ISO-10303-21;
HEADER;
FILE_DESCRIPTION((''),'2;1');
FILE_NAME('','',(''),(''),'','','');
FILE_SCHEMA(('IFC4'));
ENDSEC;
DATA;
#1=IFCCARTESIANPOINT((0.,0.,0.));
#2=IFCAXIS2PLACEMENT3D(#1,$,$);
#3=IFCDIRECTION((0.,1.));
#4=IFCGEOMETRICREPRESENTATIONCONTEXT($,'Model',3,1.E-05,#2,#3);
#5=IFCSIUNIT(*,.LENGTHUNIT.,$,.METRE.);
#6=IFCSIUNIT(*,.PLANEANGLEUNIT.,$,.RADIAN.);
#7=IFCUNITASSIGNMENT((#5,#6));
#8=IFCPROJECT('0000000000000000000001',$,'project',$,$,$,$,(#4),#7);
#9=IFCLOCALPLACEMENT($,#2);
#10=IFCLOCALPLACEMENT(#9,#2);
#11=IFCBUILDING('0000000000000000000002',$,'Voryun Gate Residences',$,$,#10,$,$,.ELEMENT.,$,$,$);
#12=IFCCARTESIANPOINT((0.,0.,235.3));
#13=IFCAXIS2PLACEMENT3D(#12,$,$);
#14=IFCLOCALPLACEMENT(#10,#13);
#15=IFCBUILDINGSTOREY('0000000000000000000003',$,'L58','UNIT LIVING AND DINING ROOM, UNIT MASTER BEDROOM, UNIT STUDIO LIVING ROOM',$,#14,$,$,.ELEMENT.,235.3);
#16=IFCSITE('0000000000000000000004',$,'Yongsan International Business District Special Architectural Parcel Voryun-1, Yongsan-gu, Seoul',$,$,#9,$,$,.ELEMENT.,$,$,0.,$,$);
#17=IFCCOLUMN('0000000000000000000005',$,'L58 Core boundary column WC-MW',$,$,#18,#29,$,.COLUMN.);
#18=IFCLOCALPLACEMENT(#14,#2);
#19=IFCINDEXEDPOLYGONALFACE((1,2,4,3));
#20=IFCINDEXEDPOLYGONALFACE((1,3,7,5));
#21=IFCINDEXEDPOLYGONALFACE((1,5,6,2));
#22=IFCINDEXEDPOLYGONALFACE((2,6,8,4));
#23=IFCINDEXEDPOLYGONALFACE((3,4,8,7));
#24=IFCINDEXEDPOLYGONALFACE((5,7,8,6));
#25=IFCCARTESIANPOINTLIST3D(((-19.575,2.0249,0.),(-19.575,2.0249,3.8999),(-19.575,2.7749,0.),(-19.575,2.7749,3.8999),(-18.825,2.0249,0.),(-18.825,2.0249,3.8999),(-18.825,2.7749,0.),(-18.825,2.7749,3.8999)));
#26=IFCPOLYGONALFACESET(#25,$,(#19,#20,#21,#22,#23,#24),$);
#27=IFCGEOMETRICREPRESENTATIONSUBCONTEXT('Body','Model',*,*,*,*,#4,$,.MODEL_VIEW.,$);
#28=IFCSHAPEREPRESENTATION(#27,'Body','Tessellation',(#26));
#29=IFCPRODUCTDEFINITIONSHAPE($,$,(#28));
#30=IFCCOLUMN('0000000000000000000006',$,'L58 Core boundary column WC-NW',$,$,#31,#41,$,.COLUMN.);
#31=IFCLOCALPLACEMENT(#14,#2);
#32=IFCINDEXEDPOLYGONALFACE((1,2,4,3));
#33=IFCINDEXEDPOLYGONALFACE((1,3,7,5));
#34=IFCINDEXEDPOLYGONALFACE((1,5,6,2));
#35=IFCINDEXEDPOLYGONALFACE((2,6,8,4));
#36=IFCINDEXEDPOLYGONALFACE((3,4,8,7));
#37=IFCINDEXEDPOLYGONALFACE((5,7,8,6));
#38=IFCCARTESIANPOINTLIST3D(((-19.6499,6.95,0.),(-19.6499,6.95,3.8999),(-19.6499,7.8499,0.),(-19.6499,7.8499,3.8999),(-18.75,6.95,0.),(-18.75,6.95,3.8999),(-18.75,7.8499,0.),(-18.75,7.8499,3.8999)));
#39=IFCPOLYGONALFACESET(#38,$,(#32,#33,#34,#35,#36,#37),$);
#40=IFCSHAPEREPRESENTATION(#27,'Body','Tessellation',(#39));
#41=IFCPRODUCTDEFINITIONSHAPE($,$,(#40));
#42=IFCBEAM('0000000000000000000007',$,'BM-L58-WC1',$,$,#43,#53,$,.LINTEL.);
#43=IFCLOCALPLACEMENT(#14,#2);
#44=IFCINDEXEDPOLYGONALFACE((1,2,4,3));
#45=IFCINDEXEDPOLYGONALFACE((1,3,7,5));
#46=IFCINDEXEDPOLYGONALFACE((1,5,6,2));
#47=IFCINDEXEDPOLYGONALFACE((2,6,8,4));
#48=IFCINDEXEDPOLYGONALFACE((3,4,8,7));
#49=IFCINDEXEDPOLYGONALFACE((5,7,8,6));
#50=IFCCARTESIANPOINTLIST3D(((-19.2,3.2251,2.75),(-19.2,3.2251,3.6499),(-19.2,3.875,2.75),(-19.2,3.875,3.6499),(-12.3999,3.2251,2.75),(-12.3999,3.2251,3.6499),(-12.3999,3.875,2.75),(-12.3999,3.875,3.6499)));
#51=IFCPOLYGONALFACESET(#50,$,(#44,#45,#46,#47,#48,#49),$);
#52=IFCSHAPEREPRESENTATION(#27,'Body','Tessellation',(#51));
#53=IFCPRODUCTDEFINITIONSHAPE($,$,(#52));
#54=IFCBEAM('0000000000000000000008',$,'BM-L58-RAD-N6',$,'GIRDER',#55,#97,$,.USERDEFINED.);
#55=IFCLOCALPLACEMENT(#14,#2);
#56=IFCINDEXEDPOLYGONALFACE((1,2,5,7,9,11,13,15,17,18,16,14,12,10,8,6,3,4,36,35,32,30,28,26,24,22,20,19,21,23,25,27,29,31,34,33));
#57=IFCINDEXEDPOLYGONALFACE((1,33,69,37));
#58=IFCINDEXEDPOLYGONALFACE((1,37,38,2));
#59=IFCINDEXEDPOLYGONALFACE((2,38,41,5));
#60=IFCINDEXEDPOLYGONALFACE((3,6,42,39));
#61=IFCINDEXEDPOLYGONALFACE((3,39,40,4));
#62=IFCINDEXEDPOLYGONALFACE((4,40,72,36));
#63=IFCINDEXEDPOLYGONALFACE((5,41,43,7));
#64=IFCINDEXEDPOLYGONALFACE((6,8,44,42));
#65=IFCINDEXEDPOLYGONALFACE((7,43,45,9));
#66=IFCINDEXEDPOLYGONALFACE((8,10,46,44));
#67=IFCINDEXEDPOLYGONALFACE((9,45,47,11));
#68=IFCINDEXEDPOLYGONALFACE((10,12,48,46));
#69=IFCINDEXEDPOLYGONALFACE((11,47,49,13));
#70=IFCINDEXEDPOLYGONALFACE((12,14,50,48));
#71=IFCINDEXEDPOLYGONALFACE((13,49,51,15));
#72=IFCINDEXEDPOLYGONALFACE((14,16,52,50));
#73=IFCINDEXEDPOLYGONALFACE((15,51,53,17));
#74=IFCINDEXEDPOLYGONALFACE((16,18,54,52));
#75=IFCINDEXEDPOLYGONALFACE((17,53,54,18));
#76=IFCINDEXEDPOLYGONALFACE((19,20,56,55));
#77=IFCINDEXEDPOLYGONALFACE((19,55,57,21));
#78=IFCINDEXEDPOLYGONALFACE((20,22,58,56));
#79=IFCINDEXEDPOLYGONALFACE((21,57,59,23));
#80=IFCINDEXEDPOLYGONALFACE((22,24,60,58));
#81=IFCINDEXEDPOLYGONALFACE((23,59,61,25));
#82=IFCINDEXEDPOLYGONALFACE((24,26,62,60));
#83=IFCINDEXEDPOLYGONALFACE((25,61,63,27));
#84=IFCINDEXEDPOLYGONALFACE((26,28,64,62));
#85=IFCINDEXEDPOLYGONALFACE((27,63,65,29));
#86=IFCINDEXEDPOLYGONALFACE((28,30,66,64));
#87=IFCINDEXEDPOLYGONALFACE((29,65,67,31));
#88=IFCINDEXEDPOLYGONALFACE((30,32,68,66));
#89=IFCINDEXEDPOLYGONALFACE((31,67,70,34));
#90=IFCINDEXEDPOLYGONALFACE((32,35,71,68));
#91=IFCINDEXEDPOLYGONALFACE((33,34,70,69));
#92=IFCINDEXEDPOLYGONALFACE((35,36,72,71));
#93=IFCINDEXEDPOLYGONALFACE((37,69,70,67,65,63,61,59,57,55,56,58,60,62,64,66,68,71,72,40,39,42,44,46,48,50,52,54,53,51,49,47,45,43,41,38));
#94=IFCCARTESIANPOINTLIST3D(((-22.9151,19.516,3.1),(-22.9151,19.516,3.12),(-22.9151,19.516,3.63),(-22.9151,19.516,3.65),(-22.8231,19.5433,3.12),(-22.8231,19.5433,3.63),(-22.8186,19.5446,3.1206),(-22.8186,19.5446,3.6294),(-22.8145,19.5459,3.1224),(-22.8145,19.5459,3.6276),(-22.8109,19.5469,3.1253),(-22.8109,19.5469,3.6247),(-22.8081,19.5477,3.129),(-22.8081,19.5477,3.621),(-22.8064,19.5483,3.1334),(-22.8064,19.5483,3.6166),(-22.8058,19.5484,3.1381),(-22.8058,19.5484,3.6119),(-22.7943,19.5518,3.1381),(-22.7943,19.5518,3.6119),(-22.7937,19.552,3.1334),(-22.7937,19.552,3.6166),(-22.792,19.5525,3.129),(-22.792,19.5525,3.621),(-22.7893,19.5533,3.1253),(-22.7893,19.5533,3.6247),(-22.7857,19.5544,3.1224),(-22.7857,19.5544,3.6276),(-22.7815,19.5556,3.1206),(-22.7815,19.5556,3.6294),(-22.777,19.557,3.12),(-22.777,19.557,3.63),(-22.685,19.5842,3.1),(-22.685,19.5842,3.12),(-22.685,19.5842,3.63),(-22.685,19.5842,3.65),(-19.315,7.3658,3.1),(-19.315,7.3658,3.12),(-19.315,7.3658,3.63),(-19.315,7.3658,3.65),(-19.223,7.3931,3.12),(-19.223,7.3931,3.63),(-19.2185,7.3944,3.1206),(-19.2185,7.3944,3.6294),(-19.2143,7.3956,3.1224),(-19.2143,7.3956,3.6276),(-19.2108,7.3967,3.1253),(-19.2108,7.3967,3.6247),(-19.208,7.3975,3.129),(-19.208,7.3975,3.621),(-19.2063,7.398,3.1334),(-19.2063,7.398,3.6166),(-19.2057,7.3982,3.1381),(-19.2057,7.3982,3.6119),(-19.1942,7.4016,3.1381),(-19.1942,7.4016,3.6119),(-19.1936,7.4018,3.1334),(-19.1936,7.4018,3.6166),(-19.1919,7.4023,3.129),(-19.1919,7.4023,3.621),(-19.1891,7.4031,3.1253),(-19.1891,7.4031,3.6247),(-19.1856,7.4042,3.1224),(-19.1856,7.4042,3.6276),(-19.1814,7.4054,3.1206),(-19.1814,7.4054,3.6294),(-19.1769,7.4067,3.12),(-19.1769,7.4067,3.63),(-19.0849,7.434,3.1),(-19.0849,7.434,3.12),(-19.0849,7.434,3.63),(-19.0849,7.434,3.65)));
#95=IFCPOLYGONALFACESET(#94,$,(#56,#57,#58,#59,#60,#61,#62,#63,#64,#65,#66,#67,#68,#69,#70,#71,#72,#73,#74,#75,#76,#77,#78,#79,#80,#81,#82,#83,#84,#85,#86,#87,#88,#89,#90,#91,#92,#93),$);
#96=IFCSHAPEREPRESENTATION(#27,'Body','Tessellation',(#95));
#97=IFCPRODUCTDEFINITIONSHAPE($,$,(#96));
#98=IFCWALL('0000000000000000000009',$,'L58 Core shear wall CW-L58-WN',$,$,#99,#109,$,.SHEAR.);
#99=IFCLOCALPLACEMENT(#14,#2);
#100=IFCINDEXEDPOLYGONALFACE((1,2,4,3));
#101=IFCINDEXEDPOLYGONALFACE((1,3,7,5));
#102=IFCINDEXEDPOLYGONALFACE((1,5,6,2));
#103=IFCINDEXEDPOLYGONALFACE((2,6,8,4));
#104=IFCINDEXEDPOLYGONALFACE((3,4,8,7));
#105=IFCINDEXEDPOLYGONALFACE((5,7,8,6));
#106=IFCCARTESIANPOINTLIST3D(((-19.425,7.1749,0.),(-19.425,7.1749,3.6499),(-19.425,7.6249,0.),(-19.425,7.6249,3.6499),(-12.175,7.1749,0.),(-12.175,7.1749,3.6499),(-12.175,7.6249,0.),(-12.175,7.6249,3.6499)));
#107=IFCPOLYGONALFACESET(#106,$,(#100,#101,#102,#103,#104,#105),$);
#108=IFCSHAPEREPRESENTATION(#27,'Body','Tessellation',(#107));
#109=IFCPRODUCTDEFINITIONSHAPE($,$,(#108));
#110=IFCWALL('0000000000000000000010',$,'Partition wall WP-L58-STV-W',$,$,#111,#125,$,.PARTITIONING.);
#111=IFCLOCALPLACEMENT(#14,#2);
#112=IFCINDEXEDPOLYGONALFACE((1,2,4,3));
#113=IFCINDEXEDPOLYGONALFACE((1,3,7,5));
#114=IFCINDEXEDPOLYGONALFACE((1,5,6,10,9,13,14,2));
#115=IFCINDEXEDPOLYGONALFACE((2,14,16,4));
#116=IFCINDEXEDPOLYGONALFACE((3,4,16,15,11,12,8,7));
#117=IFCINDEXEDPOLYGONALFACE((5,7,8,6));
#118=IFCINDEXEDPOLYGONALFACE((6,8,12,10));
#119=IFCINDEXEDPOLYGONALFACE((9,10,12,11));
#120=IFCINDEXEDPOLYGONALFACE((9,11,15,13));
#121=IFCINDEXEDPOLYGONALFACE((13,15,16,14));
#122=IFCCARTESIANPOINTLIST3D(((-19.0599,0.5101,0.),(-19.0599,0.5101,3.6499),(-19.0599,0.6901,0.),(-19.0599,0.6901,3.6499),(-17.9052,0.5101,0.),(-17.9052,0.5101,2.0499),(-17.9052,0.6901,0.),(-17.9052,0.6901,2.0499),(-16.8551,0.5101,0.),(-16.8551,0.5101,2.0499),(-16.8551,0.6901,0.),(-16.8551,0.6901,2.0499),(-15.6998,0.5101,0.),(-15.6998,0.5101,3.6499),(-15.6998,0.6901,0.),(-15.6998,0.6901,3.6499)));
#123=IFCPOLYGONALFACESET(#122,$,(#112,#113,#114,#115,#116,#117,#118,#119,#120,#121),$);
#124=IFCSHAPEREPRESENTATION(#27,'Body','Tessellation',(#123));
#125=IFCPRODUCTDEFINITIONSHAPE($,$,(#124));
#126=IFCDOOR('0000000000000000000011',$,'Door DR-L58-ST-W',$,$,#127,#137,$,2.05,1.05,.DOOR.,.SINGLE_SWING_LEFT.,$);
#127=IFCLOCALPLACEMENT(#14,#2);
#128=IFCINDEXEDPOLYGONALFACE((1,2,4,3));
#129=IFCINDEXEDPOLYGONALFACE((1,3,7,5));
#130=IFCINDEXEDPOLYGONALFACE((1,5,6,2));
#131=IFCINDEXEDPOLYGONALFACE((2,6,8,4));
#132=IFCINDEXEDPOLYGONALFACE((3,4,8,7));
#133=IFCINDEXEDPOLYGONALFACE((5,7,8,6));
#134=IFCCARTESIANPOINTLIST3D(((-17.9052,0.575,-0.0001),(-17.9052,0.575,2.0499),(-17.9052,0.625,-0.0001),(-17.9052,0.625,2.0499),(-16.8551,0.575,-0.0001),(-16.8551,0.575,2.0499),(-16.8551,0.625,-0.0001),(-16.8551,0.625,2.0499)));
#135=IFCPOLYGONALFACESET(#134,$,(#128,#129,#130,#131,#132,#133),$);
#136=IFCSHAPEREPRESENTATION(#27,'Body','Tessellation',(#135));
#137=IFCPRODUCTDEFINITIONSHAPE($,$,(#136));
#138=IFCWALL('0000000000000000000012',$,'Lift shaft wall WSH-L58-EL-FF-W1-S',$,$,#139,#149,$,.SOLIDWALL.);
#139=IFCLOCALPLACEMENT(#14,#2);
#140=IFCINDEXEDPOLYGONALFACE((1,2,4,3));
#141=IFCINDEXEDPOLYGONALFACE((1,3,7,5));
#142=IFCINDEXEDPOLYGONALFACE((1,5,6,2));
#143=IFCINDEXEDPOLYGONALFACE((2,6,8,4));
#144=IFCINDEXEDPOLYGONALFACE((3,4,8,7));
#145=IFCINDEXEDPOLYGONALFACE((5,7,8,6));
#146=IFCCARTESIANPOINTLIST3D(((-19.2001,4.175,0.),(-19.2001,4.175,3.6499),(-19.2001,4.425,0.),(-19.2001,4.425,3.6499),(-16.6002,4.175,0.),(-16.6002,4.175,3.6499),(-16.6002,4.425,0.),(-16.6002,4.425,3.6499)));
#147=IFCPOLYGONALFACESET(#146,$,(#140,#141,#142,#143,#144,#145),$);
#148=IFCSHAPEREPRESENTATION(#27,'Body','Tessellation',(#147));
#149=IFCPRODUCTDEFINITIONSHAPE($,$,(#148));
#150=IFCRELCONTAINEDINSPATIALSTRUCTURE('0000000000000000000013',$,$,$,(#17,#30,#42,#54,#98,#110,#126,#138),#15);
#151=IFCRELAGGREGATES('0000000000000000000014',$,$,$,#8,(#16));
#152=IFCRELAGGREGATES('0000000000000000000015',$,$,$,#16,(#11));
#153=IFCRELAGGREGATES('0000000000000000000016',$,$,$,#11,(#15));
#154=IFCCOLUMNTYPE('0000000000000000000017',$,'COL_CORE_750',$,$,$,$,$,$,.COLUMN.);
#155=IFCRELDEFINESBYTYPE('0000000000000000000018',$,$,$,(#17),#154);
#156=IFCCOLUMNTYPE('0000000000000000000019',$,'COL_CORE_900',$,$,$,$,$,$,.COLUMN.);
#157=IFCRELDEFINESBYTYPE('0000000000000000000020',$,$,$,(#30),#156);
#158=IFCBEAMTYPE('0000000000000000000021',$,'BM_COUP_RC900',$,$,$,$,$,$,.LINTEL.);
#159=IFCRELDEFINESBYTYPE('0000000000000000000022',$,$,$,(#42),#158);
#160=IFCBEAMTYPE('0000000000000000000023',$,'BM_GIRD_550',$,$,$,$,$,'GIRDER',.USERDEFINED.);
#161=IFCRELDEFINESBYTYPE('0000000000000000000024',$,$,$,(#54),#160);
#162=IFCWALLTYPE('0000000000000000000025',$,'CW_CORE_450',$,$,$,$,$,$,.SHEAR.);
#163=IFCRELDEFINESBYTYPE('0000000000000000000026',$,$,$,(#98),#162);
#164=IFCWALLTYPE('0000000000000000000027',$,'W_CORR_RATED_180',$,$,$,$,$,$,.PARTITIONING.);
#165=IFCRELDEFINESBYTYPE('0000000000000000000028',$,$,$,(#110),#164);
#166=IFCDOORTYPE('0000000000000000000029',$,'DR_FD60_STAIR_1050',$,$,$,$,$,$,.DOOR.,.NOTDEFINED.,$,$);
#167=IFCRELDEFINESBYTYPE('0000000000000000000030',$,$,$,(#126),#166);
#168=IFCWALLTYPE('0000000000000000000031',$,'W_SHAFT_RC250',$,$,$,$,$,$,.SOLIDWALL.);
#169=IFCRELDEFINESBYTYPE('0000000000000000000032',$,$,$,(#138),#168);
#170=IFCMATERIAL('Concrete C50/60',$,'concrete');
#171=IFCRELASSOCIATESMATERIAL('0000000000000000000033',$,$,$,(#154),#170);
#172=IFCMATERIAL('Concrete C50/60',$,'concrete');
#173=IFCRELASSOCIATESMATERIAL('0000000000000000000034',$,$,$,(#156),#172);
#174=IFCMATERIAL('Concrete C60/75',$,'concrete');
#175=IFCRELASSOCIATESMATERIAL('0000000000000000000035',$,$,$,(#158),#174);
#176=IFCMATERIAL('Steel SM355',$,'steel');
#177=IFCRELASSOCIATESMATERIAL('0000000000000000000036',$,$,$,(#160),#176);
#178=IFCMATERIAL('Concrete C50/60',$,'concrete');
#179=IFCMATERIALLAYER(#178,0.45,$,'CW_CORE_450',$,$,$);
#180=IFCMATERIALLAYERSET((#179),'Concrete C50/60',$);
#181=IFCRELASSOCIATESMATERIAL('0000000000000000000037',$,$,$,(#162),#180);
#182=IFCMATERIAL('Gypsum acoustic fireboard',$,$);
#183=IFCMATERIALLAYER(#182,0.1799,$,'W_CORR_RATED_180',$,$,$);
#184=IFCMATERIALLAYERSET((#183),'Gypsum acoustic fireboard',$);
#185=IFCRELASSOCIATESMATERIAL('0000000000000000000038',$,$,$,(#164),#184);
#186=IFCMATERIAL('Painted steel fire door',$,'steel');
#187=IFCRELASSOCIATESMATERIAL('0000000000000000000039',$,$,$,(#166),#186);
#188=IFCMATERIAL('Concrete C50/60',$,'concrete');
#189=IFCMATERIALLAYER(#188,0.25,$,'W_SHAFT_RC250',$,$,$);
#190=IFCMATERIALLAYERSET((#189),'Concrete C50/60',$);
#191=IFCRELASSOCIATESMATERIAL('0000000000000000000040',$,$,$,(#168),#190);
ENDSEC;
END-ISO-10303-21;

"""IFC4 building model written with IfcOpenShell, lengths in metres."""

from ifc_helpers import new_model, si_unit, direction, frame, frame_2d, origin, origin_2d, place, context, subcontext, project, spatial, rectangle, i_section, extrude, material, layer, layer_set, material_profile, profile_set, type_object, element, fill, save


model = new_model("IFC4")

# Units and contexts
model_context = context("Model", 3, precision=1e-05, world=origin(), true_north=direction((0.0, 1.0)))
body_context = subcontext(model_context, "Body", "Model", "MODEL_VIEW")
ifc_project = project(units=[si_unit("LENGTHUNIT", "METRE"), si_unit("PLANEANGLEUNIT", "RADIAN")], contexts=[model_context])

# Site, building, storey
site_placement = place(None, origin())
site = spatial("IfcSite", under=ifc_project, at=site_placement, Name="Yongsan International Business District Special Architectural Parcel Voryun-1, Yongsan-gu, Seoul", CompositionType="ELEMENT", RefElevation=0.0)
building_placement = place(site_placement, origin())
building = spatial("IfcBuilding", under=site, at=building_placement, Name="Voryun Gate Residences", CompositionType="ELEMENT")
storey_placement = place(building_placement, frame((0.0, 0.0, 235.3)))
storey = spatial("IfcBuildingStorey", under=building, at=storey_placement, Name="L58", Description="UNIT LIVING AND DINING ROOM, UNIT MASTER BEDROOM, UNIT STUDIO LIVING ROOM", CompositionType="ELEMENT", Elevation=235.3)

# Columns
ifc_material_1 = material(Name="Concrete C50/60", Category="concrete")
ifc_material_profile_1 = material_profile(ifc_material_1, rectangle(XDim=0.75, YDim=0.75, at=origin_2d()), Name="RC-750x750")
ifc_profile_set_1 = profile_set([ifc_material_profile_1], Name="Concrete C50/60")
column_type_1 = type_object("IfcColumnType", Name="COL_CORE_750", PredefinedType="COLUMN", material=ifc_profile_set_1)
column_1_placement = place(storey_placement, frame((-19.2, 2.3999, 0.0), z_axis=(0.0, 0.0, 1.0), x_axis=(1.0, 0.0, 0.0)))
element("IfcColumn", 1, at=column_1_placement, inside=storey, type_object=column_type_1, Name="L58 Core boundary column WC-MW", PredefinedType="COLUMN", context=body_context, shape_type="SweptSolid", body=[
    extrude(rectangle(XDim=0.75, YDim=0.75, at=origin_2d()), origin(), (0.0, 0.0, 1.0), 3.8999),
])
ifc_material_2 = material(Name="Concrete C50/60", Category="concrete")
ifc_material_profile_2 = material_profile(ifc_material_2, rectangle(XDim=0.8999, YDim=0.8999, at=origin_2d()), Name="RC-900x900")
ifc_profile_set_2 = profile_set([ifc_material_profile_2], Name="Concrete C50/60")
column_type_2 = type_object("IfcColumnType", Name="COL_CORE_900", PredefinedType="COLUMN", material=ifc_profile_set_2)
column_2_placement = place(storey_placement, frame((-19.2, 7.3999, 0.0), z_axis=(0.0, 0.0, 1.0), x_axis=(1.0, 0.0, 0.0)))
element("IfcColumn", 2, at=column_2_placement, inside=storey, type_object=column_type_2, Name="L58 Core boundary column WC-NW", PredefinedType="COLUMN", context=body_context, shape_type="SweptSolid", body=[
    extrude(rectangle(XDim=0.8999, YDim=0.8999, at=origin_2d()), origin(), (0.0, 0.0, 1.0), 3.8999),
])

# Beams
ifc_material_3 = material(Name="Concrete C60/75", Category="concrete")
ifc_material_profile_3 = material_profile(ifc_material_3, rectangle(XDim=0.6499, YDim=0.8999, at=origin_2d()), Name="RC-650x900")
ifc_profile_set_3 = profile_set([ifc_material_profile_3], Name="Concrete C60/75")
beam_type_1 = type_object("IfcBeamType", Name="BM_COUP_RC900", PredefinedType="LINTEL", material=ifc_profile_set_3)
beam_1_placement = place(storey_placement, frame((-19.2, 3.55, 3.2), z_axis=(1.0, 0.0, 0.0), x_axis=(0.0, 1.0, 0.0)))
element("IfcBeam", 3, at=beam_1_placement, inside=storey, type_object=beam_type_1, Name="BM-L58-WC1", PredefinedType="LINTEL", context=body_context, shape_type="SweptSolid", body=[
    extrude(rectangle(XDim=0.6499, YDim=0.8999, at=origin_2d()), origin(), (0.0, 0.0, 1.0), 6.8),
])
ifc_material_4 = material(Name="Steel SM355", Category="steel")
ifc_material_profile_4 = material_profile(ifc_material_4, i_section(OverallWidth=0.24, OverallDepth=0.55, WebThickness=0.012, FlangeThickness=0.02, FilletRadius=0.0181, at=origin_2d()), Name="H-550x240x12x20")
ifc_profile_set_4 = profile_set([ifc_material_profile_4], Name="Steel SM355")
beam_type_2 = type_object("IfcBeamType", Name="BM_GIRD_550", ElementType="GIRDER", PredefinedType="USERDEFINED", material=ifc_profile_set_4)
beam_2_placement = place(storey_placement, frame((-19.2, 7.3999, 3.375), z_axis=(-0.284092, 0.958797, 0.0), x_axis=(-0.958797, -0.284092, 0.0)))
element("IfcBeam", 4, at=beam_2_placement, inside=storey, type_object=beam_type_2, Name="BM-L58-RAD-N6", ObjectType="GIRDER", PredefinedType="USERDEFINED", context=body_context, shape_type="SweptSolid", body=[
    extrude(i_section(OverallWidth=0.24, OverallDepth=0.55, WebThickness=0.012, FlangeThickness=0.02, FilletRadius=0.0181, at=origin_2d()), origin(), (0.0, 0.0, 1.0), 12.6724),
])

# Wall
ifc_material_5 = material(Name="Concrete C50/60", Category="concrete")
ifc_layer_1 = layer(ifc_material_5, 0.45, Name="CW_CORE_450")
ifc_layer_set_1 = layer_set([ifc_layer_1], Name="Concrete C50/60")
wall_type_1 = type_object("IfcWallType", Name="CW_CORE_450", PredefinedType="SHEAR", material=ifc_layer_set_1)
wall_1_placement = place(storey_placement, frame((-19.425, 7.3999, 0.0), z_axis=(0.0, 0.0, 1.0), x_axis=(1.0, 0.0, 0.0)))
element("IfcWall", 5, at=wall_1_placement, inside=storey, type_object=wall_type_1, Name="L58 Core shear wall CW-L58-WN", PredefinedType="SHEAR", context=body_context, shape_type="SweptSolid", body=[
    extrude(rectangle(XDim=7.25, YDim=0.45, at=frame_2d((3.625, 0.0))), origin(), (0.0, 0.0, 1.0), 3.6499),
])

# Wall, opening, door
ifc_material_6 = material(Name="Gypsum acoustic fireboard")
ifc_layer_2 = layer(ifc_material_6, 0.1799, Name="W_CORR_RATED_180")
ifc_layer_set_2 = layer_set([ifc_layer_2], Name="Gypsum acoustic fireboard")
wall_type_2 = type_object("IfcWallType", Name="W_CORR_RATED_180", PredefinedType="PARTITIONING", material=ifc_layer_set_2)
wall_2_placement = place(storey_placement, frame((-19.0601, 0.6001, 0.0), z_axis=(0.0, 0.0, 1.0), x_axis=(1.0, 0.0, 0.0)))
wall_2 = element("IfcWall", 6, at=wall_2_placement, inside=storey, type_object=wall_type_2, Name="Partition wall WP-L58-STV-W", PredefinedType="PARTITIONING", context=body_context, shape_type="SweptSolid", body=[
    extrude(rectangle(XDim=3.3601, YDim=0.1799, at=frame_2d((1.6802, 0.0))), origin(), (0.0, 0.0, 1.0), 3.6499),
])
opening_1_placement = place(wall_2_placement, frame((1.155, 0.0, 0.0)))
opening_1 = element("IfcOpeningElement", 7, at=opening_1_placement, cuts=wall_2, PredefinedType="OPENING", context=body_context, shape_type="SweptSolid", body=[
    extrude(rectangle(XDim=1.05, YDim=2.05, at=frame_2d((0.5249, 1.0249))), frame((0.0, 0.0999, 0.0), z_axis=(0.0, -1.0, 0.0), x_axis=(1.0, 0.0, 0.0)), (0.0, 0.0, 1.0), 0.2),
])
ifc_material_7 = material(Name="Painted steel fire door", Category="steel")
door_type_1 = type_object("IfcDoorType", Name="DR_FD60_STAIR_1050", OperationType="NOTDEFINED", PredefinedType="DOOR", material=ifc_material_7)
door_1_placement = place(opening_1_placement, origin())
door_1 = element("IfcDoor", 8, at=door_1_placement, inside=storey, type_object=door_type_1, Name="Door DR-L58-ST-W", OperationType="SINGLE_SWING_LEFT", OverallHeight=2.05, OverallWidth=1.05, PredefinedType="DOOR", context=body_context, shape_type="SweptSolid", body=[
    extrude(rectangle(XDim=1.05, YDim=2.05, at=frame_2d((0.5249, 1.0249))), frame((0.0, 0.0249, 0.0), z_axis=(0.0, -1.0, 0.0), x_axis=(1.0, 0.0, 0.0)), (0.0, 0.0, 1.0), 0.05),
])
fill(opening_1, door_1)

# Wall
ifc_material_8 = material(Name="Concrete C50/60", Category="concrete")
ifc_layer_3 = layer(ifc_material_8, 0.25, Name="W_SHAFT_RC250")
ifc_layer_set_3 = layer_set([ifc_layer_3], Name="Concrete C50/60")
wall_type_3 = type_object("IfcWallType", Name="W_SHAFT_RC250", PredefinedType="SOLIDWALL", material=ifc_layer_set_3)
wall_3_placement = place(storey_placement, frame((-19.2, 4.3, 0.0), z_axis=(0.0, 0.0, 1.0), x_axis=(1.0, 0.0, 0.0)))
element("IfcWall", 9, at=wall_3_placement, inside=storey, type_object=wall_type_3, Name="Lift shaft wall WSH-L58-EL-FF-W1-S", PredefinedType="SOLIDWALL", context=body_context, shape_type="SweptSolid", body=[
    extrude(rectangle(XDim=2.5999, YDim=0.25, at=frame_2d((1.2998, 0.0))), origin(), (0.0, 0.0, 1.0), 3.6499),
])

save(model, "model.ifc")
